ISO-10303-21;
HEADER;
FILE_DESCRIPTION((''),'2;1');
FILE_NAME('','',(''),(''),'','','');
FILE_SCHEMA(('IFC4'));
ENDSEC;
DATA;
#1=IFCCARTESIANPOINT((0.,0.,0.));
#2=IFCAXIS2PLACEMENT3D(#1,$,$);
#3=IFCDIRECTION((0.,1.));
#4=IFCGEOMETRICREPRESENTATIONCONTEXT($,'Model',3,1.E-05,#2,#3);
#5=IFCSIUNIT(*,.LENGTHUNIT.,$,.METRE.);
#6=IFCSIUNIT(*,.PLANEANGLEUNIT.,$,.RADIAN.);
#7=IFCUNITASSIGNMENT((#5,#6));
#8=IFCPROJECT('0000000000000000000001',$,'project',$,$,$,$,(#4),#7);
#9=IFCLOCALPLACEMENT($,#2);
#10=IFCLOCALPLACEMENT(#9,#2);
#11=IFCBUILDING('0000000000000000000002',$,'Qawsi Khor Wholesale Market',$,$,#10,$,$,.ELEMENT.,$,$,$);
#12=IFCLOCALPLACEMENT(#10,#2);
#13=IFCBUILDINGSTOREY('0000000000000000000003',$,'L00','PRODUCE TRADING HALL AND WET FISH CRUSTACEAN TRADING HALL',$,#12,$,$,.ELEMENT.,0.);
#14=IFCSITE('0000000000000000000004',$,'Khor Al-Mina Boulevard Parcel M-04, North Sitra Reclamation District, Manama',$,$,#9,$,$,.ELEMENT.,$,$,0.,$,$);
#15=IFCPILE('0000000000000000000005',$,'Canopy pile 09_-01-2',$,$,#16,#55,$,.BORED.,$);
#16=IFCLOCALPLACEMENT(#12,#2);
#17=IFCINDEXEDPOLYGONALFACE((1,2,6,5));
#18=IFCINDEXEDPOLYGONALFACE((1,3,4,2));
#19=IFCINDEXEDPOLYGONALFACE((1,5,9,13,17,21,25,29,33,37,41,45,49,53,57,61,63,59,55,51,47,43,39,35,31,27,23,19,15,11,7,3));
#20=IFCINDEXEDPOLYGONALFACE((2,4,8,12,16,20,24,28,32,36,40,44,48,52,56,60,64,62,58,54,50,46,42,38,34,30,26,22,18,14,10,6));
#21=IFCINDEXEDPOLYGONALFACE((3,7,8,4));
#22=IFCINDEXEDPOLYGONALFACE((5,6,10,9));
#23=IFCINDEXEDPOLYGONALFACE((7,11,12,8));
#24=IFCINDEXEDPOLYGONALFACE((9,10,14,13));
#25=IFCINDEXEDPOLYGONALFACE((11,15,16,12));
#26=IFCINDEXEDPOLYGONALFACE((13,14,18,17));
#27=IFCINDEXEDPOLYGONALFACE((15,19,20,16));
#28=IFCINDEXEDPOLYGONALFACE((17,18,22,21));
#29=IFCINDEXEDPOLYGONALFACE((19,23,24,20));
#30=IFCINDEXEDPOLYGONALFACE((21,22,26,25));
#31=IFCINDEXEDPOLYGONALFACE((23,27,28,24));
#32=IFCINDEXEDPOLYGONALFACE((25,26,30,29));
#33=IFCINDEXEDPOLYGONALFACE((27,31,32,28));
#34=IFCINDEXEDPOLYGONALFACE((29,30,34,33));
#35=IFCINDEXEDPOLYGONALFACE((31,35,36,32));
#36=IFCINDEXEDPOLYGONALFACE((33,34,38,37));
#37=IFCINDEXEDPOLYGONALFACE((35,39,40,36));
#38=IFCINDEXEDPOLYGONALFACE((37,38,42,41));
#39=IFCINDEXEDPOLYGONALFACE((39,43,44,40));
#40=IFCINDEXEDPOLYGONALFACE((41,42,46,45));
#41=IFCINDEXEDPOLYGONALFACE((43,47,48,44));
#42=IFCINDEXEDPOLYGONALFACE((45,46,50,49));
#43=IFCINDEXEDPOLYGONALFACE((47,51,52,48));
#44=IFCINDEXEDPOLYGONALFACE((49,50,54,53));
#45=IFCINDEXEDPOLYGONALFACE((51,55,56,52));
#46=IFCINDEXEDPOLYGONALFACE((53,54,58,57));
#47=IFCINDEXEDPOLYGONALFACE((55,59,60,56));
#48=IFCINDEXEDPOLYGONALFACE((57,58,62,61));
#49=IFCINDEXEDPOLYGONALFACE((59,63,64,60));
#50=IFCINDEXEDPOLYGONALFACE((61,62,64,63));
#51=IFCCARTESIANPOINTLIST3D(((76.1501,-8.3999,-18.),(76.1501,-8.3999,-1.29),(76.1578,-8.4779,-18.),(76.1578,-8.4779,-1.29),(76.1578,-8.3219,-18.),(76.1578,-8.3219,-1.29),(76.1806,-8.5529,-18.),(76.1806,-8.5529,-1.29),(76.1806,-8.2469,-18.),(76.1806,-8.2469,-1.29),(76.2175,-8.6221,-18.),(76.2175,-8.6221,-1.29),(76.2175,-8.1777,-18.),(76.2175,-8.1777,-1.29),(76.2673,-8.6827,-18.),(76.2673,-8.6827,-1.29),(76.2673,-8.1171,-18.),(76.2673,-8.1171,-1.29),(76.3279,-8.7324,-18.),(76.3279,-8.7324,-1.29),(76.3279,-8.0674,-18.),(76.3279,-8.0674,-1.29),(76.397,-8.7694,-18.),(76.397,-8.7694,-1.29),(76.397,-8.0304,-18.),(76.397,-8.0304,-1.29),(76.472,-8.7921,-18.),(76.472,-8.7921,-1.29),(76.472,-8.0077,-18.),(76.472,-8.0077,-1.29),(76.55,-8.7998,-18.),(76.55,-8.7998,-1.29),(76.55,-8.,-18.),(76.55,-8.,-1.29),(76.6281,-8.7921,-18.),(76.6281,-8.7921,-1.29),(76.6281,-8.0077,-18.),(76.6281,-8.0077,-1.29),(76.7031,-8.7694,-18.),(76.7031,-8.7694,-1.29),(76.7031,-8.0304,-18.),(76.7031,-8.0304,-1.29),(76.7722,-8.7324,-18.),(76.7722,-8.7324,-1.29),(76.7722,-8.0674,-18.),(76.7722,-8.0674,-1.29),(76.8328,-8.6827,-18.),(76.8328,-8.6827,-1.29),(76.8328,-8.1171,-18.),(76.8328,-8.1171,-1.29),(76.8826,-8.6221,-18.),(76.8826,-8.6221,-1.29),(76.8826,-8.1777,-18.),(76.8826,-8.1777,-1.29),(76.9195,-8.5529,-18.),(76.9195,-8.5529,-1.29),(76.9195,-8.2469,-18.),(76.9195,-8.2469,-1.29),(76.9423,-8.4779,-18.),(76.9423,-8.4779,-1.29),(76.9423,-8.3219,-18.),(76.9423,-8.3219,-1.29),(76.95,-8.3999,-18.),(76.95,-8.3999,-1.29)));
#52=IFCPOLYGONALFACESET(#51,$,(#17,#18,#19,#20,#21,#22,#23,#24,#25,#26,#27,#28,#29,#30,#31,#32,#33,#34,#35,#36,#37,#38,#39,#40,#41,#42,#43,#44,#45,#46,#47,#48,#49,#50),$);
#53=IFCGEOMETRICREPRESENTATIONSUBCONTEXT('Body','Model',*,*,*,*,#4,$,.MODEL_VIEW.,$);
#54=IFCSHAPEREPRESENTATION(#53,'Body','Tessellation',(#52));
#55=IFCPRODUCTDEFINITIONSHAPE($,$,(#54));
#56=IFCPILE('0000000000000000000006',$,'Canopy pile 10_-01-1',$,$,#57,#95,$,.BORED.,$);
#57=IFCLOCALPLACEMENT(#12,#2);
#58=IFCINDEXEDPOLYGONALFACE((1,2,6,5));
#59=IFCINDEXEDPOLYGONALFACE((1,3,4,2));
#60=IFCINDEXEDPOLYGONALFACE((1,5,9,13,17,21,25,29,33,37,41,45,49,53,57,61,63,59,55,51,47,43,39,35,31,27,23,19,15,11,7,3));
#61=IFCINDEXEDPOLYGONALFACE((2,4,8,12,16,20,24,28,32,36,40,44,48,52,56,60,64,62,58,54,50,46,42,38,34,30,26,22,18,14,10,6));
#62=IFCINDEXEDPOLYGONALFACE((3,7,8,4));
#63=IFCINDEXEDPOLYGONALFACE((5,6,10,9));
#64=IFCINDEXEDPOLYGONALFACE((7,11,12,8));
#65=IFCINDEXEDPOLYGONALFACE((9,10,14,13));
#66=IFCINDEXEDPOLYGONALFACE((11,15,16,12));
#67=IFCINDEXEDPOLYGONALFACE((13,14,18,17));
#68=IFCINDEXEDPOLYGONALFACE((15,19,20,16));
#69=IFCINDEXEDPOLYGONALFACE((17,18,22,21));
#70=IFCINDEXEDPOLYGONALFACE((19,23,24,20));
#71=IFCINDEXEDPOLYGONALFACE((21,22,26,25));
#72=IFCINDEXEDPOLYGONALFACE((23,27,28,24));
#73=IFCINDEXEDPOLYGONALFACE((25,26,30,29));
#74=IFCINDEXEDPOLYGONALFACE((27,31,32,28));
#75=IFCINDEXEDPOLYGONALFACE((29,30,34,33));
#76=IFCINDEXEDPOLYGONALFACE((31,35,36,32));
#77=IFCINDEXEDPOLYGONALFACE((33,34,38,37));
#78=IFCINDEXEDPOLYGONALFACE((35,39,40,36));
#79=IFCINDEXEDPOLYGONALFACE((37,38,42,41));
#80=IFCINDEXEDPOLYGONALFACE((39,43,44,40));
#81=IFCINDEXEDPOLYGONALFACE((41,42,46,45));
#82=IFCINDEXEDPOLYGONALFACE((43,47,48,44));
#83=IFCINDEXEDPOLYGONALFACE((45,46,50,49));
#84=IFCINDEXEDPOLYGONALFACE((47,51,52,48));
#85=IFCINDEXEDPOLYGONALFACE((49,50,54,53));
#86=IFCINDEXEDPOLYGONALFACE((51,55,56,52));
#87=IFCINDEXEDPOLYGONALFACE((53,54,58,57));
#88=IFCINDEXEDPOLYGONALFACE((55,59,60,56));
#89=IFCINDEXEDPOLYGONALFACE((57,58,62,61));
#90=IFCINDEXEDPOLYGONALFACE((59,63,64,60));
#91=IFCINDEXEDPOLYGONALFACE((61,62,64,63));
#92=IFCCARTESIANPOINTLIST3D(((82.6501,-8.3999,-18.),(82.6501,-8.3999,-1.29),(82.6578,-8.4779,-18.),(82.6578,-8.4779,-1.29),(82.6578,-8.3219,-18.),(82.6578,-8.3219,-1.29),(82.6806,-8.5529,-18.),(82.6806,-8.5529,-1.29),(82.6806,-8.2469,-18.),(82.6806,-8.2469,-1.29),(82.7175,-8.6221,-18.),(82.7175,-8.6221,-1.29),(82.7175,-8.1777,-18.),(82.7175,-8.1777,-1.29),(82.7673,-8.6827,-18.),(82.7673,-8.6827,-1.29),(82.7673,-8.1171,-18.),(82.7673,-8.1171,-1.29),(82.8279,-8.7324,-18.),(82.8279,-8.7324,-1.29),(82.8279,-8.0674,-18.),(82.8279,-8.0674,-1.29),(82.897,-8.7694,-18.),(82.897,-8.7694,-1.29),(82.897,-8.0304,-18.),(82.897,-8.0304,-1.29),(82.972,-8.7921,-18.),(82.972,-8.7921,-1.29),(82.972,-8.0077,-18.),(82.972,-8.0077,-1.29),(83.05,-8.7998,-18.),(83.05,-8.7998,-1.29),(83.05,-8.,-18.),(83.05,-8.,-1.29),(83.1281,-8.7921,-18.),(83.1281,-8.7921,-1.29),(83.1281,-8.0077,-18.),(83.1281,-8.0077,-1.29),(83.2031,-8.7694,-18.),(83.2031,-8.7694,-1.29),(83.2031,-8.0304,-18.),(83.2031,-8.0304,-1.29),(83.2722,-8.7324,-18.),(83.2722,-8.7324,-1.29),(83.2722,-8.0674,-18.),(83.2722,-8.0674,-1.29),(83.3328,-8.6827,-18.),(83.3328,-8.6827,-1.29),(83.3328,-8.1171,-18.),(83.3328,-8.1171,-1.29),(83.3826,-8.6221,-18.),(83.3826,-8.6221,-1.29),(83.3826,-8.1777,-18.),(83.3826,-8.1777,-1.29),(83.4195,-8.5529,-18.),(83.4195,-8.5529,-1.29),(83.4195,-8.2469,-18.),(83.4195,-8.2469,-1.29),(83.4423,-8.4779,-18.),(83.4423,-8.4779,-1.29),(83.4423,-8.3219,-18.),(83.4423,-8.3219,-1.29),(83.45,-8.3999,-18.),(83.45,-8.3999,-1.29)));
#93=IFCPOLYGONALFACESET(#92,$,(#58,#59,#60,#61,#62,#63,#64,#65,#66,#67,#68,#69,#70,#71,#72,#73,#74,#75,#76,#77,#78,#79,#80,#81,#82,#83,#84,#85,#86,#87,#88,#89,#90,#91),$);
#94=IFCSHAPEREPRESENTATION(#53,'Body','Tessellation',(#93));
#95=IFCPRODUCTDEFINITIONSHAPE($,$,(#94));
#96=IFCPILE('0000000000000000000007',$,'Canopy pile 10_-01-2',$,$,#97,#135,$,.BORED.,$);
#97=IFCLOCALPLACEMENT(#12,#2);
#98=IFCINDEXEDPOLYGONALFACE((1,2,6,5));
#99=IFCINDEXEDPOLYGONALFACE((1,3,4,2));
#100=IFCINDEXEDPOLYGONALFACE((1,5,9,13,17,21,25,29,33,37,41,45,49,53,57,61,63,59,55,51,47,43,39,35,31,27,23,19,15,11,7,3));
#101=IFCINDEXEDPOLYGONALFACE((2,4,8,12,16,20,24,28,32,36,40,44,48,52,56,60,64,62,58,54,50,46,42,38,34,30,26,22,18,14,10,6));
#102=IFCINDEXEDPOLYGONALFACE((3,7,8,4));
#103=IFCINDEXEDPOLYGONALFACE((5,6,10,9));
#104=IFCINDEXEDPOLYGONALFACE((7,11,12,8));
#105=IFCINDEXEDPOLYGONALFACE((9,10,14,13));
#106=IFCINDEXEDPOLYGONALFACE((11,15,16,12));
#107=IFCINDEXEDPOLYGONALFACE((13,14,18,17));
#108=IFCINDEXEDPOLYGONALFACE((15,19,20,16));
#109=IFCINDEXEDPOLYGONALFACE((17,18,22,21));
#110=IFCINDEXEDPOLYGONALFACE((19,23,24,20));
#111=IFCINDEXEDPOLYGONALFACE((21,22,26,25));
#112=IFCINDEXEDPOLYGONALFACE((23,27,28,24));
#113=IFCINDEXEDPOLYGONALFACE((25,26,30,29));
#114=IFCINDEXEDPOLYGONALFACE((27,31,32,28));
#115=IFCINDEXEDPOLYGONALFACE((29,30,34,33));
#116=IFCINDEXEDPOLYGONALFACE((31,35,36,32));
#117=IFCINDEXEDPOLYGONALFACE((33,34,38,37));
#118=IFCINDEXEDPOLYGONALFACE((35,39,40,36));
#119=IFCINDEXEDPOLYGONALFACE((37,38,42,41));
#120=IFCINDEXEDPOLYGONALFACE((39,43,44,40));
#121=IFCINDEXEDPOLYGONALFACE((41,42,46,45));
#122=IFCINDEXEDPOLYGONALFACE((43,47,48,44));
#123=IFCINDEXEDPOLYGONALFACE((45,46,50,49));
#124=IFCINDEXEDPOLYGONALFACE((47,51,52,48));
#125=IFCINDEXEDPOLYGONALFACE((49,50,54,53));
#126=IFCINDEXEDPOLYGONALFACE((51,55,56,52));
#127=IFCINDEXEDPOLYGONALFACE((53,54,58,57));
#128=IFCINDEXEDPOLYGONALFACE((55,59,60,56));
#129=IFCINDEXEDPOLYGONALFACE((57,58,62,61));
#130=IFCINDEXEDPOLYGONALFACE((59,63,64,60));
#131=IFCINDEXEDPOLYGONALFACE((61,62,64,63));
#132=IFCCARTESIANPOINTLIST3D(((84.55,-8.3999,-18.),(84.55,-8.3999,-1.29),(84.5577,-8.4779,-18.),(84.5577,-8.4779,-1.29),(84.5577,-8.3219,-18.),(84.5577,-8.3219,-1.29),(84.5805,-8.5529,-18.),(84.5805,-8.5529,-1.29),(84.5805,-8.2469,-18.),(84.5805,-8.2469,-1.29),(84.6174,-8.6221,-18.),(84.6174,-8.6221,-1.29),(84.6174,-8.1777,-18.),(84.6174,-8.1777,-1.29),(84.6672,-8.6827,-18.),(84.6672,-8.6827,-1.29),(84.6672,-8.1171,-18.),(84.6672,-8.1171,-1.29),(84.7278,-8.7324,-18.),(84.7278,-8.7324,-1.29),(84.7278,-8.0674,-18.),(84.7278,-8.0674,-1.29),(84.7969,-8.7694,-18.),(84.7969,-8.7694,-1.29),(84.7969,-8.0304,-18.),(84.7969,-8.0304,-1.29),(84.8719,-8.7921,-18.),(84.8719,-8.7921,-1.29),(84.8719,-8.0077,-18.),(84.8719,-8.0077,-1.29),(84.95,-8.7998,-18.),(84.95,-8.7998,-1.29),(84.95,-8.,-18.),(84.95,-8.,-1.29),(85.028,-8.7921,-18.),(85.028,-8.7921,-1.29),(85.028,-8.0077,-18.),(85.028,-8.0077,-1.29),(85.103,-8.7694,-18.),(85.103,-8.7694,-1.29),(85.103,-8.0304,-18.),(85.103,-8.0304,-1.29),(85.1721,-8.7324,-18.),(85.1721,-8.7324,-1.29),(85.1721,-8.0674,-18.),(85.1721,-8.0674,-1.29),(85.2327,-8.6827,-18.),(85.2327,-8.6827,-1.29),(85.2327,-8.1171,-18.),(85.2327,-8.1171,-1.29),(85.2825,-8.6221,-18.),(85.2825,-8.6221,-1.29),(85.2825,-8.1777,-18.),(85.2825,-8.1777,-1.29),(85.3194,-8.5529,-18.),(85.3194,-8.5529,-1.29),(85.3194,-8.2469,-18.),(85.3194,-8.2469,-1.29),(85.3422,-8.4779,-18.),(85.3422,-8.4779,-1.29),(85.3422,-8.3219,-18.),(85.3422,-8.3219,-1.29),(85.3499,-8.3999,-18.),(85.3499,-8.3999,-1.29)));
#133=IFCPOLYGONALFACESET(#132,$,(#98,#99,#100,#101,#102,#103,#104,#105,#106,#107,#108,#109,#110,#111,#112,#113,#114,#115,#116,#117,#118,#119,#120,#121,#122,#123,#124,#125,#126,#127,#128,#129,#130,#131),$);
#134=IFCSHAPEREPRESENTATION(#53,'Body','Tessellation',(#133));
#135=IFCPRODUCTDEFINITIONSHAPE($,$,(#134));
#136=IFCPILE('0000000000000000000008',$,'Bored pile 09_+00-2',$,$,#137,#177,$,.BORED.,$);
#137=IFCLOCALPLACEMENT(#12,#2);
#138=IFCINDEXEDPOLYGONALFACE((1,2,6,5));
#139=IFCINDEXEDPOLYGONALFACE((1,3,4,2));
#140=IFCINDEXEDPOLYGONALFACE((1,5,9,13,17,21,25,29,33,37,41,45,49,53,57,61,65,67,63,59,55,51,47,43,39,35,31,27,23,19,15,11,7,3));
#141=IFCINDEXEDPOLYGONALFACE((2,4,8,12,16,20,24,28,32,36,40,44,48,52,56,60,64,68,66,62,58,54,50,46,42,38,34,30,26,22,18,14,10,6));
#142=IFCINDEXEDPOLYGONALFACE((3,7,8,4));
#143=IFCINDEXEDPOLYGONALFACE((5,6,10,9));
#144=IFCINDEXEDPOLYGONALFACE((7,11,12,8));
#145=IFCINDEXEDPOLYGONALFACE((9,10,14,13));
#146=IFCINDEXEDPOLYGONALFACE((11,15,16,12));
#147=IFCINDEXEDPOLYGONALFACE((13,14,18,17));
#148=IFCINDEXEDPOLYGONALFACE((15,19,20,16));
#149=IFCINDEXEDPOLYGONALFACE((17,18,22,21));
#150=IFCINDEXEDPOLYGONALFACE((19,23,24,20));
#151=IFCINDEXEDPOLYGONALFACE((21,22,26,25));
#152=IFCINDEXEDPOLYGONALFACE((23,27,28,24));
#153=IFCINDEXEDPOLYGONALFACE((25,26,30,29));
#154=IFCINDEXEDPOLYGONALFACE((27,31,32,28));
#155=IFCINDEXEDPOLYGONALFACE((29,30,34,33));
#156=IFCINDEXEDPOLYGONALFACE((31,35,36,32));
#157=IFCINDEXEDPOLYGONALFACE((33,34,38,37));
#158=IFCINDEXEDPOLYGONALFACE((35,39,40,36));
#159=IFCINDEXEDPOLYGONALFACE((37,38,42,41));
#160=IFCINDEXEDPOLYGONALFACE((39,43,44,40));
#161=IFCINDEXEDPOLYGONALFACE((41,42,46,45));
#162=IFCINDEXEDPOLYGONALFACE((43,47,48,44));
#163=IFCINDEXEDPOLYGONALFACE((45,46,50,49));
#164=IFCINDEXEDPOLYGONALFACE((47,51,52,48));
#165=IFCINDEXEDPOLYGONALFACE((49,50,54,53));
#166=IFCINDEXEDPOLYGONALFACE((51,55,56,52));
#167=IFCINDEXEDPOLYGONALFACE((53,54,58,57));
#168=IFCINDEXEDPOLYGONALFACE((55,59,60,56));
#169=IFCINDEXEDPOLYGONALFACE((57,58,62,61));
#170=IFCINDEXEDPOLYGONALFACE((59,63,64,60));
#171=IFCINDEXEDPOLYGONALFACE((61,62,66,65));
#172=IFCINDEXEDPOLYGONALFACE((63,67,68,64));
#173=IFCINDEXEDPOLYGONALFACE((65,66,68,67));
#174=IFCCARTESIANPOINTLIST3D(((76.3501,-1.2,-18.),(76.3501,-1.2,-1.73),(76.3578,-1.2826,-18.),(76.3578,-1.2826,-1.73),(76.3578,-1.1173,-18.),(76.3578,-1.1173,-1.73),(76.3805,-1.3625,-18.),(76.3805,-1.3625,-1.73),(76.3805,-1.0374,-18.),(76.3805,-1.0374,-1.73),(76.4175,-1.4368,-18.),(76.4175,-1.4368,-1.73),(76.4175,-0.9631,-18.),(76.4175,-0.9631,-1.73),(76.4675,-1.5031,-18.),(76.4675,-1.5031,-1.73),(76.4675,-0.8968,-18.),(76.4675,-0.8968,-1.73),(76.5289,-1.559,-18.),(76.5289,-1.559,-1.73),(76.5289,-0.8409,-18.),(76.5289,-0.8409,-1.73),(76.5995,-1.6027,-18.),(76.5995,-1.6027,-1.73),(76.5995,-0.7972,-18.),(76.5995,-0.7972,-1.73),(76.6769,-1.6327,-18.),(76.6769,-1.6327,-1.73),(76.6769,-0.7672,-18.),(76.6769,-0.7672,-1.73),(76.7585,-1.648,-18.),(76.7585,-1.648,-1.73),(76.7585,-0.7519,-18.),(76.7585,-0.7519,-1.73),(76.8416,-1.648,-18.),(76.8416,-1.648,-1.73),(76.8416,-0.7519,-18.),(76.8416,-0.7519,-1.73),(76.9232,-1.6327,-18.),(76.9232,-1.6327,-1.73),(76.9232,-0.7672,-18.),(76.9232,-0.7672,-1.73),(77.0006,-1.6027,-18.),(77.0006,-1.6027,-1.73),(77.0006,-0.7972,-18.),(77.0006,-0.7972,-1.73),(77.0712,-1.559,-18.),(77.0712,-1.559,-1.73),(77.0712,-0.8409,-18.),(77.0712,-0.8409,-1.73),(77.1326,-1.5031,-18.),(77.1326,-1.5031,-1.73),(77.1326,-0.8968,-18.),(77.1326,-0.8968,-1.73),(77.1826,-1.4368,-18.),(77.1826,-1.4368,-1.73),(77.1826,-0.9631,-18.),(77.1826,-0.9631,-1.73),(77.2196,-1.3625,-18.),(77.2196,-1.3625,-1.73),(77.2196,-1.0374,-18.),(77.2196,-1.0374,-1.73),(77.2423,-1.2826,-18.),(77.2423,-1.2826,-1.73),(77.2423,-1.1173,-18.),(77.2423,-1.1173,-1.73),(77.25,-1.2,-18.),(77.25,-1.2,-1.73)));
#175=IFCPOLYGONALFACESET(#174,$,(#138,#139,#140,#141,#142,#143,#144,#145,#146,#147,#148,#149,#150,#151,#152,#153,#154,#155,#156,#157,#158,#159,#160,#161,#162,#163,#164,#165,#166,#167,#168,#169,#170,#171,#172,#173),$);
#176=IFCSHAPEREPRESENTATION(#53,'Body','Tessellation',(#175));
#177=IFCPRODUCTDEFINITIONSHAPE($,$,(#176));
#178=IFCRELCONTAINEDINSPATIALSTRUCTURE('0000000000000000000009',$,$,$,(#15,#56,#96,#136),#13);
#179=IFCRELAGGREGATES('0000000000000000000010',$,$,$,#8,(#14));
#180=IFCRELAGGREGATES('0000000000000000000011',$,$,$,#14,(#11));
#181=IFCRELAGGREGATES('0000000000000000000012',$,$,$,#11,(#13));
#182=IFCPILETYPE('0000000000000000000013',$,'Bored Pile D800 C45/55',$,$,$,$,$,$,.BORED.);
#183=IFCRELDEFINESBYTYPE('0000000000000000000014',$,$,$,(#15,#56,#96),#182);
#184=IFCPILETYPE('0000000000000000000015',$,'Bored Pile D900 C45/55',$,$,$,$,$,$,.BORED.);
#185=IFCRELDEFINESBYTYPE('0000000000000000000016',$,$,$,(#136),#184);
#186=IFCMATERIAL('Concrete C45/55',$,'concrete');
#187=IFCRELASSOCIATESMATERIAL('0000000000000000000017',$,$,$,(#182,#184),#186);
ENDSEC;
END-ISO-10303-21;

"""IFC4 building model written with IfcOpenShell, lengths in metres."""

from ifc_helpers import new_model, si_unit, direction, frame, origin, origin_2d, place, context, subcontext, project, spatial, circle, extrude, material, material_profile, profile_set, type_object, element, save


model = new_model("IFC4")

# Units and contexts
model_context = context("Model", 3, precision=1e-05, world=origin(), true_north=direction((0.0, 1.0)))
body_context = subcontext(model_context, "Body", "Model", "MODEL_VIEW")
ifc_project = project(units=[si_unit("LENGTHUNIT", "METRE"), si_unit("PLANEANGLEUNIT", "RADIAN")], contexts=[model_context])

# Site, building, storey
site_placement = place(None, origin())
site = spatial("IfcSite", under=ifc_project, at=site_placement, Name="Khor Al-Mina Boulevard Parcel M-04, North Sitra Reclamation District, Manama", CompositionType="ELEMENT", RefElevation=0.0)
building_placement = place(site_placement, origin())
building = spatial("IfcBuilding", under=site, at=building_placement, Name="Qawsi Khor Wholesale Market", CompositionType="ELEMENT")
storey_placement = place(building_placement, origin())
storey = spatial("IfcBuildingStorey", under=building, at=storey_placement, Name="L00", Description="PRODUCE TRADING HALL AND WET FISH CRUSTACEAN TRADING HALL", CompositionType="ELEMENT", Elevation=0.0)

# Piles
ifc_material_1 = material(Name="Concrete C45/55", Category="concrete")
ifc_material_profile_1 = material_profile(ifc_material_1, circle(Radius=0.3999, at=origin_2d()), Name="PILE D800")
ifc_profile_set_1 = profile_set([ifc_material_profile_1], Name="Concrete C45/55")
pile_type_1 = type_object("IfcPileType", Name="Bored Pile D800 C45/55", PredefinedType="BORED", material=ifc_profile_set_1)
for number, where, z_axis, x_axis, name in (
    (1, (76.55, -8.3999, -1.29), (0.0, 0.0, -1.0), (1.0, 0.0, 0.0), "Canopy pile 09_-01-2"),
    (2, (83.05, -8.3999, -1.29), (0.0, 0.0, -1.0), (1.0, 0.0, 0.0), "Canopy pile 10_-01-1"),
    (3, (84.95, -8.3999, -1.29), (0.0, 0.0, -1.0), (1.0, 0.0, 0.0), "Canopy pile 10_-01-2"),
):
    element("IfcPile", number, at=place(storey_placement, frame(where, z_axis=z_axis, x_axis=x_axis)), inside=storey, type_object=pile_type_1, Name=name, PredefinedType="BORED", context=body_context, shape_type="SweptSolid", body=[
        extrude(circle(Radius=0.3999, at=origin_2d()), origin(), (0.0, 0.0, 1.0), 16.71),
    ])
ifc_material_profile_2 = material_profile(ifc_material_1, circle(Radius=0.45, at=origin_2d()), Name="PILE D900")
ifc_profile_set_2 = profile_set([ifc_material_profile_2], Name="Concrete C45/55")
pile_type_2 = type_object("IfcPileType", Name="Bored Pile D900 C45/55", PredefinedType="BORED", material=ifc_profile_set_2)
for number, where, z_axis, x_axis, name in (
    (4, (76.8, -1.2, -1.73), (0.0, 0.0, -1.0), (1.0, 0.0, 0.0), "Bored pile 09_+00-2"),
):
    element("IfcPile", number, at=place(storey_placement, frame(where, z_axis=z_axis, x_axis=x_axis)), inside=storey, type_object=pile_type_2, Name=name, PredefinedType="BORED", context=body_context, shape_type="SweptSolid", body=[
        extrude(circle(Radius=0.45, at=origin_2d()), origin(), (0.0, 0.0, 1.0), 16.27),
    ])

save(model, "model.ifc")
